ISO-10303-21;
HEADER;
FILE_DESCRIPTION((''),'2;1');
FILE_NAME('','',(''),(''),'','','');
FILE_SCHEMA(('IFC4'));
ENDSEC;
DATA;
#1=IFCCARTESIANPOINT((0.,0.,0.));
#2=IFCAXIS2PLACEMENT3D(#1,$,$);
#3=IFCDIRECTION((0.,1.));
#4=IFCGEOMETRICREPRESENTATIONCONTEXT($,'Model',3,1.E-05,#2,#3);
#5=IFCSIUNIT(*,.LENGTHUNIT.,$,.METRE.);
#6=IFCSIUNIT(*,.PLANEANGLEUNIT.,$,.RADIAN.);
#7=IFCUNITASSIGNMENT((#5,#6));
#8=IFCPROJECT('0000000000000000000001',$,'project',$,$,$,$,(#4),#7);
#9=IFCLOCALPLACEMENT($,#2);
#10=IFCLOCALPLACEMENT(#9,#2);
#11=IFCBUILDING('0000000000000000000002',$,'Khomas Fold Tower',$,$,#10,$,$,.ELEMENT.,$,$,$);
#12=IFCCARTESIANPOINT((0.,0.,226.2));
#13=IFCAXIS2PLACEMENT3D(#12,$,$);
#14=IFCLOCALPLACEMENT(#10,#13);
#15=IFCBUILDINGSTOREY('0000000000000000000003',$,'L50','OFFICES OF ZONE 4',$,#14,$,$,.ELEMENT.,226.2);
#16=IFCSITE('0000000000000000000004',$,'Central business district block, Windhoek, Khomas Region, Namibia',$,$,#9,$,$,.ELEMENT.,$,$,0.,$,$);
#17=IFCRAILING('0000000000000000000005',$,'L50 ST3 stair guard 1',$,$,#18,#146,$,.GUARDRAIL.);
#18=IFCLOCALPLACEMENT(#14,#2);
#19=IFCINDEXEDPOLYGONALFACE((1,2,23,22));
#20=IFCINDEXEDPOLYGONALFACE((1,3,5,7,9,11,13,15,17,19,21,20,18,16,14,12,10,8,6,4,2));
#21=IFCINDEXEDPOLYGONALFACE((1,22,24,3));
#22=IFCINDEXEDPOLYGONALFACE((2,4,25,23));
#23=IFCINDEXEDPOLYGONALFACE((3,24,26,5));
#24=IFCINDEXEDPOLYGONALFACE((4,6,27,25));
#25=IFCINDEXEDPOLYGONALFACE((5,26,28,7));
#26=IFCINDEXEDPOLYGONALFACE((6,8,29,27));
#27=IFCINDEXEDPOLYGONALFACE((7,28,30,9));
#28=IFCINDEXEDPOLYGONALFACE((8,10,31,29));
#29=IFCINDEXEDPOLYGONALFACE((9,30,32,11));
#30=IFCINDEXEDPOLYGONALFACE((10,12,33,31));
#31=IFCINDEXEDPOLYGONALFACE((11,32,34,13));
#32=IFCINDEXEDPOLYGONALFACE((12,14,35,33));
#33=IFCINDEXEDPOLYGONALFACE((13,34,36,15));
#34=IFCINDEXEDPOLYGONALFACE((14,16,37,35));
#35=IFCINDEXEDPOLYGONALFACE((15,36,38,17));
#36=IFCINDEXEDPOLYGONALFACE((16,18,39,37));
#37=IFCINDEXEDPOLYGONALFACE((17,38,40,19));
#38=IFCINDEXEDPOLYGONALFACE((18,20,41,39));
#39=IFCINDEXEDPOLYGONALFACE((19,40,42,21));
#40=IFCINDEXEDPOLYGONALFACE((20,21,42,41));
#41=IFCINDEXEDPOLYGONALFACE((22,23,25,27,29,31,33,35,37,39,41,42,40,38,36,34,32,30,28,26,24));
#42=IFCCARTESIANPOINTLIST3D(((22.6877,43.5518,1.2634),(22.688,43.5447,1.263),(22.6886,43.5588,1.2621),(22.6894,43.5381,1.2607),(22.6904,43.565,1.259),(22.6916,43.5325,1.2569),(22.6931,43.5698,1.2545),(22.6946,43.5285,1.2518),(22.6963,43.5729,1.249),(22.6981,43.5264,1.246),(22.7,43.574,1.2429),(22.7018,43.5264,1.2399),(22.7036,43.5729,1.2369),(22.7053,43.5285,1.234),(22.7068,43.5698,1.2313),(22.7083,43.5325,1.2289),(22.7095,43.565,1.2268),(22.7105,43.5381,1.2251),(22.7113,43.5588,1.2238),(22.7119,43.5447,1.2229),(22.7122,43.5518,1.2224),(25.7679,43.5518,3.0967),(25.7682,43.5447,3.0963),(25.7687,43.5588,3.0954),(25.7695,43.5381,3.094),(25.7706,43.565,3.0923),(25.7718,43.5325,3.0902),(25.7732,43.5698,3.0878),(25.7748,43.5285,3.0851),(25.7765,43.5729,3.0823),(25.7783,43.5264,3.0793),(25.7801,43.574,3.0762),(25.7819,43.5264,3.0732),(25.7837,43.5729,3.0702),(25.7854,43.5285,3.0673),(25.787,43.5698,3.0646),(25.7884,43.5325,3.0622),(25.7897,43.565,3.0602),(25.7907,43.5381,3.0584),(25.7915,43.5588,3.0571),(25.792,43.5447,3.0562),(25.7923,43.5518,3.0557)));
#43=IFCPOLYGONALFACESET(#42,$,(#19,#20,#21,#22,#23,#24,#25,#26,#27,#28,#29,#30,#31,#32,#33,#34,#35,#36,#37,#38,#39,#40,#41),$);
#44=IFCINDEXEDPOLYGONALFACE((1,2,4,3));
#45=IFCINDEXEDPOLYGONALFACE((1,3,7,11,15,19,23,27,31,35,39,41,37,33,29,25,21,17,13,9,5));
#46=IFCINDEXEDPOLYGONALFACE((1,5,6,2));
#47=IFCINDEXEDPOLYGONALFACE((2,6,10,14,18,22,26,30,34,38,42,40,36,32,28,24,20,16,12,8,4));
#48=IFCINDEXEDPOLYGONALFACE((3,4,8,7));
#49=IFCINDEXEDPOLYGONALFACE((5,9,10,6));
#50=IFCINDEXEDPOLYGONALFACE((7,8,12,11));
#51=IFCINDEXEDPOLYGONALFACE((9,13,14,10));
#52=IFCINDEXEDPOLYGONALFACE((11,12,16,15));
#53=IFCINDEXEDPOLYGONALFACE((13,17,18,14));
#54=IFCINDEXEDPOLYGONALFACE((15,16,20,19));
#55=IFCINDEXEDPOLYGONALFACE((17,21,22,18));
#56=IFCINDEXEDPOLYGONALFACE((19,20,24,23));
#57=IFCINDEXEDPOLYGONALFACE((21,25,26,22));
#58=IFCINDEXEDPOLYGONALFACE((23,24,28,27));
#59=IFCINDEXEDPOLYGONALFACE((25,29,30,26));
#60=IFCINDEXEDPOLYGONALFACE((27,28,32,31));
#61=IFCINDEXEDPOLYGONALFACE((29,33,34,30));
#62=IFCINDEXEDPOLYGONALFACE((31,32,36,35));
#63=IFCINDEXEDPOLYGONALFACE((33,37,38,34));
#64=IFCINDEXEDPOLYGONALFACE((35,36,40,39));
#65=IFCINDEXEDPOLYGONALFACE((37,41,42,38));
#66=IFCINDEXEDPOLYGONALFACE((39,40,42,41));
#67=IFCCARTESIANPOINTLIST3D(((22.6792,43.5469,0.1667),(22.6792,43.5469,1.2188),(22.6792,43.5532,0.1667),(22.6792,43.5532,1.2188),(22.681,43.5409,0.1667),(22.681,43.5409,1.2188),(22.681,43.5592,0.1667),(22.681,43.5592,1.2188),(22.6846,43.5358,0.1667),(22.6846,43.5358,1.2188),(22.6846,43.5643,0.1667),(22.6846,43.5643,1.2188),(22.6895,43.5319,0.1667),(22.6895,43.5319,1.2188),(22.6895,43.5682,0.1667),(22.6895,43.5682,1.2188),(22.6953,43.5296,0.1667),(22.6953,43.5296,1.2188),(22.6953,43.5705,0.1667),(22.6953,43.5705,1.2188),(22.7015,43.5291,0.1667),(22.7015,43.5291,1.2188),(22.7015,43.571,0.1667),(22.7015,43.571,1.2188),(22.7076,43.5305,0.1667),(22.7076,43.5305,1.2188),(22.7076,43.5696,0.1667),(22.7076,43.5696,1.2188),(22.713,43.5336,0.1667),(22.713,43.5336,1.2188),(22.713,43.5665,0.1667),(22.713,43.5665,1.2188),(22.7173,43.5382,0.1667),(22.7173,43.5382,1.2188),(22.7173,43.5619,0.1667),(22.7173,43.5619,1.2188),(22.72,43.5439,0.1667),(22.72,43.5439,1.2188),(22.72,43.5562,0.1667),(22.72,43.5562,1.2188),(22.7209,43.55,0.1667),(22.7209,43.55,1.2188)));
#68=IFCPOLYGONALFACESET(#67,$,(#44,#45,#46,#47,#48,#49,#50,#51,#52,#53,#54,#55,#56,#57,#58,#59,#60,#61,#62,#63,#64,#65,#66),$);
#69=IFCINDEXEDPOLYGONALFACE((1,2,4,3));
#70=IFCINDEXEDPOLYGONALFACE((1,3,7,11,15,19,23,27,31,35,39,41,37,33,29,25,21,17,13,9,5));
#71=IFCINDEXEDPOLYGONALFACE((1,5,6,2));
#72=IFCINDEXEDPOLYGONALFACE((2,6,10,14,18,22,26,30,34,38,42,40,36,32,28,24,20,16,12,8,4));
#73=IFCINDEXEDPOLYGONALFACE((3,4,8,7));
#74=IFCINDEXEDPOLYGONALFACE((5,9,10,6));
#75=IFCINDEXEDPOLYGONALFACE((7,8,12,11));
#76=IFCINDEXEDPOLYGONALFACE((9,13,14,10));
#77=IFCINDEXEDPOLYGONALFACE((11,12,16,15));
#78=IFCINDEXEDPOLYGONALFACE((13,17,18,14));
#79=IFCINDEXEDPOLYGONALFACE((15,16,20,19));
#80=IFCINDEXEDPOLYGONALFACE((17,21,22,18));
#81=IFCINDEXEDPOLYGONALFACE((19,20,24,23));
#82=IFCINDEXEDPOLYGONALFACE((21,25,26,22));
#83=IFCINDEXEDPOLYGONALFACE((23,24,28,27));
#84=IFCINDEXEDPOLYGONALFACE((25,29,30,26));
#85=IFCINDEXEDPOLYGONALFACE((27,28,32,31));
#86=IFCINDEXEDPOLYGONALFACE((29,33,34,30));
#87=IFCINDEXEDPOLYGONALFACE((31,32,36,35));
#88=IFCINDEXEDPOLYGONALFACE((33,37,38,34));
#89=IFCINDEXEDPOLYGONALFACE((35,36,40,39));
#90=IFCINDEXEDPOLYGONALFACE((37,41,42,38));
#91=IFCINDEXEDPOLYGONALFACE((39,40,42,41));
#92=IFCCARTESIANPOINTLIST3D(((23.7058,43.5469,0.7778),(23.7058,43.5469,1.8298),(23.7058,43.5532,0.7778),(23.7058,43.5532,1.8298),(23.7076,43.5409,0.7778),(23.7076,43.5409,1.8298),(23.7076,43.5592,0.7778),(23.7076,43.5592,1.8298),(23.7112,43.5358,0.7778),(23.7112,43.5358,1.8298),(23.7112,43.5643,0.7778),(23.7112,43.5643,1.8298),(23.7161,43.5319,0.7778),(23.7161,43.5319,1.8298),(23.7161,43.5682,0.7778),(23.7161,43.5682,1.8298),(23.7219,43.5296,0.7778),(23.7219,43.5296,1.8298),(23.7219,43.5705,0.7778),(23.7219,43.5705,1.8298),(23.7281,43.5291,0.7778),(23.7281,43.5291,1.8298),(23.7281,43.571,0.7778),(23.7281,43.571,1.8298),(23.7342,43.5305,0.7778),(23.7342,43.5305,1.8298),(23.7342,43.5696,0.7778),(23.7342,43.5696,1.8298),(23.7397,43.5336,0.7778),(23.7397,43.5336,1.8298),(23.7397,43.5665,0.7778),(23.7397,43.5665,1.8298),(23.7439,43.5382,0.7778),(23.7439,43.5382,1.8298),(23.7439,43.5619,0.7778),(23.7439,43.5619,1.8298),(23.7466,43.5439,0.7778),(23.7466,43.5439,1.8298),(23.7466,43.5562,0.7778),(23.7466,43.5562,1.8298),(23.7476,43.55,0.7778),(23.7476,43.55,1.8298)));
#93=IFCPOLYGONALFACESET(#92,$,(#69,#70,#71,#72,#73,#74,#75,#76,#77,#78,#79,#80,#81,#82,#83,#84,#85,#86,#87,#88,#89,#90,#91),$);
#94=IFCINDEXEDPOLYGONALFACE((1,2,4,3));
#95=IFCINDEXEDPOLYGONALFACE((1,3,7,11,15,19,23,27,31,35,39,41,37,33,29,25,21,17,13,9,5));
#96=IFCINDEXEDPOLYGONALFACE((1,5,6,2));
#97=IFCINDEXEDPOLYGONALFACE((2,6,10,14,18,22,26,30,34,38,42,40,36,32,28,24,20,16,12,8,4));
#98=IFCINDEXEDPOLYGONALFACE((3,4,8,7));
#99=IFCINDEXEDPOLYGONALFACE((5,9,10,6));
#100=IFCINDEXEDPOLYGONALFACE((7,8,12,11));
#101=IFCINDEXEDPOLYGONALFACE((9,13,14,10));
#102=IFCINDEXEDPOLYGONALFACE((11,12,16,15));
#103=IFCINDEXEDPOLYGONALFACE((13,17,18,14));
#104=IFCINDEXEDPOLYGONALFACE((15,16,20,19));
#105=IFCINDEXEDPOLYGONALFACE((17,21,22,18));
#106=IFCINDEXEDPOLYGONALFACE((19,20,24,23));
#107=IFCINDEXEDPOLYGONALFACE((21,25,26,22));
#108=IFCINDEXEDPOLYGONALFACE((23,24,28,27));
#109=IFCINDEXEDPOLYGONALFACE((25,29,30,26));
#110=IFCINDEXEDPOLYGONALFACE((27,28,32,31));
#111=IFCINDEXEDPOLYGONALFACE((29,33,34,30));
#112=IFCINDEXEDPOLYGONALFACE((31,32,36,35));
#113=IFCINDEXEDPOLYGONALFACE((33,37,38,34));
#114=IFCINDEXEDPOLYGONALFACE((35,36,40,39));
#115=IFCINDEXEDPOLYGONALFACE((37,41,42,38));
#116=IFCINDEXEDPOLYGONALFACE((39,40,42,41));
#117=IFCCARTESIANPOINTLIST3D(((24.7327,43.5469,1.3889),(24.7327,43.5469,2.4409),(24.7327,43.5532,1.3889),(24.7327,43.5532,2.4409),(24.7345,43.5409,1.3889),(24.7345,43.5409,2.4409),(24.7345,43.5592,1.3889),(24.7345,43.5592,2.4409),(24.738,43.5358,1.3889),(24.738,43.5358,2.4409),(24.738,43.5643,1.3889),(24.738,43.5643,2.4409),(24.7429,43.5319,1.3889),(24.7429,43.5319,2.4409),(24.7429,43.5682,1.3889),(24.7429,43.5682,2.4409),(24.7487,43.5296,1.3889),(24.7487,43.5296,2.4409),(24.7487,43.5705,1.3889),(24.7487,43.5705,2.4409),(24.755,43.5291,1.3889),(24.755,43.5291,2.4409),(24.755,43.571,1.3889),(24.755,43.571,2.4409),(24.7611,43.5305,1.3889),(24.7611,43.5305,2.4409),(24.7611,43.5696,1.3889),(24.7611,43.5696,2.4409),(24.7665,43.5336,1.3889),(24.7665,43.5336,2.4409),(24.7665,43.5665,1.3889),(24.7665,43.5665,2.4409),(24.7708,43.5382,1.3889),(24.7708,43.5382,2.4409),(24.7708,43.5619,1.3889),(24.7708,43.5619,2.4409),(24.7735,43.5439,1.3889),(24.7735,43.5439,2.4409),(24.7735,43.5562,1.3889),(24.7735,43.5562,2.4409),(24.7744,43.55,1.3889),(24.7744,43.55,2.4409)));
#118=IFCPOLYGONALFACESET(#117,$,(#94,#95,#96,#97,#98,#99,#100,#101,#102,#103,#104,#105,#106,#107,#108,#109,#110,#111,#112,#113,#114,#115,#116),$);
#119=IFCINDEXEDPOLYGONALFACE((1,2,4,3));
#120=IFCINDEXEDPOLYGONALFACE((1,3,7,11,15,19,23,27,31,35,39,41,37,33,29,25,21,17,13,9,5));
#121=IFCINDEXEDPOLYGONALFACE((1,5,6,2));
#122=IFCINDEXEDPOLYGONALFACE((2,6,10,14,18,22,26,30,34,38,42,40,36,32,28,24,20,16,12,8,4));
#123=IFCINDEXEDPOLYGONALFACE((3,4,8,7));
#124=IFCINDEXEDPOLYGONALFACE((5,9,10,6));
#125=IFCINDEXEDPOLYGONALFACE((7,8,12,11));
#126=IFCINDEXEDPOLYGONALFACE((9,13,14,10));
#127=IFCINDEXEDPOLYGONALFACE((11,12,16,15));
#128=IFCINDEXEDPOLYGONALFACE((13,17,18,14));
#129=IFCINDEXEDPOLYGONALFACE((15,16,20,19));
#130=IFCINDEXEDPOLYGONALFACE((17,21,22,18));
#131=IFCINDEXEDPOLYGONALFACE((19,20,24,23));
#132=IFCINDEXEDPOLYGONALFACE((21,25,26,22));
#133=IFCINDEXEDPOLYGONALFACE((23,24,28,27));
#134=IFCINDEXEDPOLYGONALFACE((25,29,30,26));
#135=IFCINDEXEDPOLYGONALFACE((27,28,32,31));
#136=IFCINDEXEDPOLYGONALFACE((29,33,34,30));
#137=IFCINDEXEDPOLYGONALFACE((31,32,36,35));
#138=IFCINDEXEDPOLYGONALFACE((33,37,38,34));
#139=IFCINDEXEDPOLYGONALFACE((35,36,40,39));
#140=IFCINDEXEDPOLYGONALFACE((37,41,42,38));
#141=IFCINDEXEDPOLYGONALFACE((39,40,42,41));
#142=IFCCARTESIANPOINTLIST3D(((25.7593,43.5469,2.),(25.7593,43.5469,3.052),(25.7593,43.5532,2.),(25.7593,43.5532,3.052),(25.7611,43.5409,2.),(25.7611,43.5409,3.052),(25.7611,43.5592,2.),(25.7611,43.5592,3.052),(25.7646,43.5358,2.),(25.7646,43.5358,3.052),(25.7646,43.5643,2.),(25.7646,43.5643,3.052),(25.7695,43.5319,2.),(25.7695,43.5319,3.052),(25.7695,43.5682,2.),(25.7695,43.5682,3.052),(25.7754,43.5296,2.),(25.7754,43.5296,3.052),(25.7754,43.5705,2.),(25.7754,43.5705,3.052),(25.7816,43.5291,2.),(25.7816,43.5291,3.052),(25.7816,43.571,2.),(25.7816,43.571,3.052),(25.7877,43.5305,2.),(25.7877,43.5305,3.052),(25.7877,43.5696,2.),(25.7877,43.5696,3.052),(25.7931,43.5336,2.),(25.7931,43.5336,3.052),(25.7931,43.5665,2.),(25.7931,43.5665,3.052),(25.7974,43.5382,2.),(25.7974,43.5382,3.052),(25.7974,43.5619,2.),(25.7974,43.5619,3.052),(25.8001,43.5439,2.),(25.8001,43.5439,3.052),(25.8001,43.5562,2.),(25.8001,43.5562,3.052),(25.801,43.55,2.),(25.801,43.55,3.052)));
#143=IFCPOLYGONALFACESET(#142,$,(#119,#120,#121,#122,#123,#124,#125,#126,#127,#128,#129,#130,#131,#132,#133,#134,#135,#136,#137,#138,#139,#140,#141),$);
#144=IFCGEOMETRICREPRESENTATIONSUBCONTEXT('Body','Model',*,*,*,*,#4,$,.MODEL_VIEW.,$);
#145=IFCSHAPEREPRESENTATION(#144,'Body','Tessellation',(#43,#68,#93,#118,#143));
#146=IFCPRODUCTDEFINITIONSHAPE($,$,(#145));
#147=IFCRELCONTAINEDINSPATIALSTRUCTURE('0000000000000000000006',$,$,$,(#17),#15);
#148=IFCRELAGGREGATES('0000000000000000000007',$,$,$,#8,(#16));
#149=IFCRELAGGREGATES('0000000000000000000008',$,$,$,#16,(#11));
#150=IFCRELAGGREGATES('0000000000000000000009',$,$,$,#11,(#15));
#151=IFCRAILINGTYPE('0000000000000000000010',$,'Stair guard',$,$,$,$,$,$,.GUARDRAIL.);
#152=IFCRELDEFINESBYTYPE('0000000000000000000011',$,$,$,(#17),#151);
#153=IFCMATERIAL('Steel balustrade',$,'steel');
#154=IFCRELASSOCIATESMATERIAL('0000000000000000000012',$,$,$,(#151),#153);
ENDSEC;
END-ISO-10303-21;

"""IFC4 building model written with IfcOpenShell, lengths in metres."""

from ifc_helpers import new_model, si_unit, direction, frame, origin, origin_2d, place, context, subcontext, project, spatial, circle, extrude, source, transform, mapped, material, type_object, element, save


model = new_model("IFC4")

# Units and contexts
model_context = context("Model", 3, precision=1e-05, world=origin(), true_north=direction((0.0, 1.0)))
body_context = subcontext(model_context, "Body", "Model", "MODEL_VIEW")
ifc_project = project(units=[si_unit("LENGTHUNIT", "METRE"), si_unit("PLANEANGLEUNIT", "RADIAN")], contexts=[model_context])

# Site, building, storey
site_placement = place(None, origin())
site = spatial("IfcSite", under=ifc_project, at=site_placement, Name="Central business district block, Windhoek, Khomas Region, Namibia", CompositionType="ELEMENT", RefElevation=0.0)
building_placement = place(site_placement, origin())
building = spatial("IfcBuilding", under=site, at=building_placement, Name="Khomas Fold Tower", CompositionType="ELEMENT")
storey_placement = place(building_placement, frame((0.0, 0.0, 226.2)))
storey = spatial("IfcBuildingStorey", under=building, at=storey_placement, Name="L50", Description="OFFICES OF ZONE 4", CompositionType="ELEMENT", Elevation=226.2)

# Railing
ifc_material_1 = material(Name="Steel balustrade", Category="steel")
railing_type_1 = type_object("IfcRailingType", Name="Stair guard", PredefinedType="GUARDRAIL", material=ifc_material_1)
shared_shape_1 = source(origin(), body_context, "Body", "SweptSolid", [
    extrude(circle(Radius=0.0239, at=origin_2d()), frame((0.0, 0.0, 1.0762), z_axis=(0.859309, 0.0, 0.511458), x_axis=(0.0, 1.0, 0.0)), (0.0, 0.0, 1.0), 3.5845),
    extrude(circle(Radius=0.021, at=origin_2d()), origin(), (0.0, 0.0, 1.0), 1.052),
    extrude(circle(Radius=0.021, at=origin_2d()), frame((1.0266, 0.0, 0.6111)), (0.0, 0.0, 1.0), 1.052),
    extrude(circle(Radius=0.021, at=origin_2d()), frame((2.0535, 0.0, 1.2222)), (0.0, 0.0, 1.0), 1.052),
    extrude(circle(Radius=0.021, at=origin_2d()), frame((3.0801, 0.0, 1.8333)), (0.0, 0.0, 1.0), 1.052),
])
railing_1_placement = place(storey_placement, frame((22.7, 43.55, 0.1667)))
element("IfcRailing", 1, at=railing_1_placement, inside=storey, type_object=railing_type_1, Name="L50 ST3 stair guard 1", PredefinedType="GUARDRAIL", context=body_context, shape_type="MappedRepresentation", body=[
    mapped(shared_shape_1, transform((0.0, 0.0, 0.0))),
])

save(model, "model.ifc")
